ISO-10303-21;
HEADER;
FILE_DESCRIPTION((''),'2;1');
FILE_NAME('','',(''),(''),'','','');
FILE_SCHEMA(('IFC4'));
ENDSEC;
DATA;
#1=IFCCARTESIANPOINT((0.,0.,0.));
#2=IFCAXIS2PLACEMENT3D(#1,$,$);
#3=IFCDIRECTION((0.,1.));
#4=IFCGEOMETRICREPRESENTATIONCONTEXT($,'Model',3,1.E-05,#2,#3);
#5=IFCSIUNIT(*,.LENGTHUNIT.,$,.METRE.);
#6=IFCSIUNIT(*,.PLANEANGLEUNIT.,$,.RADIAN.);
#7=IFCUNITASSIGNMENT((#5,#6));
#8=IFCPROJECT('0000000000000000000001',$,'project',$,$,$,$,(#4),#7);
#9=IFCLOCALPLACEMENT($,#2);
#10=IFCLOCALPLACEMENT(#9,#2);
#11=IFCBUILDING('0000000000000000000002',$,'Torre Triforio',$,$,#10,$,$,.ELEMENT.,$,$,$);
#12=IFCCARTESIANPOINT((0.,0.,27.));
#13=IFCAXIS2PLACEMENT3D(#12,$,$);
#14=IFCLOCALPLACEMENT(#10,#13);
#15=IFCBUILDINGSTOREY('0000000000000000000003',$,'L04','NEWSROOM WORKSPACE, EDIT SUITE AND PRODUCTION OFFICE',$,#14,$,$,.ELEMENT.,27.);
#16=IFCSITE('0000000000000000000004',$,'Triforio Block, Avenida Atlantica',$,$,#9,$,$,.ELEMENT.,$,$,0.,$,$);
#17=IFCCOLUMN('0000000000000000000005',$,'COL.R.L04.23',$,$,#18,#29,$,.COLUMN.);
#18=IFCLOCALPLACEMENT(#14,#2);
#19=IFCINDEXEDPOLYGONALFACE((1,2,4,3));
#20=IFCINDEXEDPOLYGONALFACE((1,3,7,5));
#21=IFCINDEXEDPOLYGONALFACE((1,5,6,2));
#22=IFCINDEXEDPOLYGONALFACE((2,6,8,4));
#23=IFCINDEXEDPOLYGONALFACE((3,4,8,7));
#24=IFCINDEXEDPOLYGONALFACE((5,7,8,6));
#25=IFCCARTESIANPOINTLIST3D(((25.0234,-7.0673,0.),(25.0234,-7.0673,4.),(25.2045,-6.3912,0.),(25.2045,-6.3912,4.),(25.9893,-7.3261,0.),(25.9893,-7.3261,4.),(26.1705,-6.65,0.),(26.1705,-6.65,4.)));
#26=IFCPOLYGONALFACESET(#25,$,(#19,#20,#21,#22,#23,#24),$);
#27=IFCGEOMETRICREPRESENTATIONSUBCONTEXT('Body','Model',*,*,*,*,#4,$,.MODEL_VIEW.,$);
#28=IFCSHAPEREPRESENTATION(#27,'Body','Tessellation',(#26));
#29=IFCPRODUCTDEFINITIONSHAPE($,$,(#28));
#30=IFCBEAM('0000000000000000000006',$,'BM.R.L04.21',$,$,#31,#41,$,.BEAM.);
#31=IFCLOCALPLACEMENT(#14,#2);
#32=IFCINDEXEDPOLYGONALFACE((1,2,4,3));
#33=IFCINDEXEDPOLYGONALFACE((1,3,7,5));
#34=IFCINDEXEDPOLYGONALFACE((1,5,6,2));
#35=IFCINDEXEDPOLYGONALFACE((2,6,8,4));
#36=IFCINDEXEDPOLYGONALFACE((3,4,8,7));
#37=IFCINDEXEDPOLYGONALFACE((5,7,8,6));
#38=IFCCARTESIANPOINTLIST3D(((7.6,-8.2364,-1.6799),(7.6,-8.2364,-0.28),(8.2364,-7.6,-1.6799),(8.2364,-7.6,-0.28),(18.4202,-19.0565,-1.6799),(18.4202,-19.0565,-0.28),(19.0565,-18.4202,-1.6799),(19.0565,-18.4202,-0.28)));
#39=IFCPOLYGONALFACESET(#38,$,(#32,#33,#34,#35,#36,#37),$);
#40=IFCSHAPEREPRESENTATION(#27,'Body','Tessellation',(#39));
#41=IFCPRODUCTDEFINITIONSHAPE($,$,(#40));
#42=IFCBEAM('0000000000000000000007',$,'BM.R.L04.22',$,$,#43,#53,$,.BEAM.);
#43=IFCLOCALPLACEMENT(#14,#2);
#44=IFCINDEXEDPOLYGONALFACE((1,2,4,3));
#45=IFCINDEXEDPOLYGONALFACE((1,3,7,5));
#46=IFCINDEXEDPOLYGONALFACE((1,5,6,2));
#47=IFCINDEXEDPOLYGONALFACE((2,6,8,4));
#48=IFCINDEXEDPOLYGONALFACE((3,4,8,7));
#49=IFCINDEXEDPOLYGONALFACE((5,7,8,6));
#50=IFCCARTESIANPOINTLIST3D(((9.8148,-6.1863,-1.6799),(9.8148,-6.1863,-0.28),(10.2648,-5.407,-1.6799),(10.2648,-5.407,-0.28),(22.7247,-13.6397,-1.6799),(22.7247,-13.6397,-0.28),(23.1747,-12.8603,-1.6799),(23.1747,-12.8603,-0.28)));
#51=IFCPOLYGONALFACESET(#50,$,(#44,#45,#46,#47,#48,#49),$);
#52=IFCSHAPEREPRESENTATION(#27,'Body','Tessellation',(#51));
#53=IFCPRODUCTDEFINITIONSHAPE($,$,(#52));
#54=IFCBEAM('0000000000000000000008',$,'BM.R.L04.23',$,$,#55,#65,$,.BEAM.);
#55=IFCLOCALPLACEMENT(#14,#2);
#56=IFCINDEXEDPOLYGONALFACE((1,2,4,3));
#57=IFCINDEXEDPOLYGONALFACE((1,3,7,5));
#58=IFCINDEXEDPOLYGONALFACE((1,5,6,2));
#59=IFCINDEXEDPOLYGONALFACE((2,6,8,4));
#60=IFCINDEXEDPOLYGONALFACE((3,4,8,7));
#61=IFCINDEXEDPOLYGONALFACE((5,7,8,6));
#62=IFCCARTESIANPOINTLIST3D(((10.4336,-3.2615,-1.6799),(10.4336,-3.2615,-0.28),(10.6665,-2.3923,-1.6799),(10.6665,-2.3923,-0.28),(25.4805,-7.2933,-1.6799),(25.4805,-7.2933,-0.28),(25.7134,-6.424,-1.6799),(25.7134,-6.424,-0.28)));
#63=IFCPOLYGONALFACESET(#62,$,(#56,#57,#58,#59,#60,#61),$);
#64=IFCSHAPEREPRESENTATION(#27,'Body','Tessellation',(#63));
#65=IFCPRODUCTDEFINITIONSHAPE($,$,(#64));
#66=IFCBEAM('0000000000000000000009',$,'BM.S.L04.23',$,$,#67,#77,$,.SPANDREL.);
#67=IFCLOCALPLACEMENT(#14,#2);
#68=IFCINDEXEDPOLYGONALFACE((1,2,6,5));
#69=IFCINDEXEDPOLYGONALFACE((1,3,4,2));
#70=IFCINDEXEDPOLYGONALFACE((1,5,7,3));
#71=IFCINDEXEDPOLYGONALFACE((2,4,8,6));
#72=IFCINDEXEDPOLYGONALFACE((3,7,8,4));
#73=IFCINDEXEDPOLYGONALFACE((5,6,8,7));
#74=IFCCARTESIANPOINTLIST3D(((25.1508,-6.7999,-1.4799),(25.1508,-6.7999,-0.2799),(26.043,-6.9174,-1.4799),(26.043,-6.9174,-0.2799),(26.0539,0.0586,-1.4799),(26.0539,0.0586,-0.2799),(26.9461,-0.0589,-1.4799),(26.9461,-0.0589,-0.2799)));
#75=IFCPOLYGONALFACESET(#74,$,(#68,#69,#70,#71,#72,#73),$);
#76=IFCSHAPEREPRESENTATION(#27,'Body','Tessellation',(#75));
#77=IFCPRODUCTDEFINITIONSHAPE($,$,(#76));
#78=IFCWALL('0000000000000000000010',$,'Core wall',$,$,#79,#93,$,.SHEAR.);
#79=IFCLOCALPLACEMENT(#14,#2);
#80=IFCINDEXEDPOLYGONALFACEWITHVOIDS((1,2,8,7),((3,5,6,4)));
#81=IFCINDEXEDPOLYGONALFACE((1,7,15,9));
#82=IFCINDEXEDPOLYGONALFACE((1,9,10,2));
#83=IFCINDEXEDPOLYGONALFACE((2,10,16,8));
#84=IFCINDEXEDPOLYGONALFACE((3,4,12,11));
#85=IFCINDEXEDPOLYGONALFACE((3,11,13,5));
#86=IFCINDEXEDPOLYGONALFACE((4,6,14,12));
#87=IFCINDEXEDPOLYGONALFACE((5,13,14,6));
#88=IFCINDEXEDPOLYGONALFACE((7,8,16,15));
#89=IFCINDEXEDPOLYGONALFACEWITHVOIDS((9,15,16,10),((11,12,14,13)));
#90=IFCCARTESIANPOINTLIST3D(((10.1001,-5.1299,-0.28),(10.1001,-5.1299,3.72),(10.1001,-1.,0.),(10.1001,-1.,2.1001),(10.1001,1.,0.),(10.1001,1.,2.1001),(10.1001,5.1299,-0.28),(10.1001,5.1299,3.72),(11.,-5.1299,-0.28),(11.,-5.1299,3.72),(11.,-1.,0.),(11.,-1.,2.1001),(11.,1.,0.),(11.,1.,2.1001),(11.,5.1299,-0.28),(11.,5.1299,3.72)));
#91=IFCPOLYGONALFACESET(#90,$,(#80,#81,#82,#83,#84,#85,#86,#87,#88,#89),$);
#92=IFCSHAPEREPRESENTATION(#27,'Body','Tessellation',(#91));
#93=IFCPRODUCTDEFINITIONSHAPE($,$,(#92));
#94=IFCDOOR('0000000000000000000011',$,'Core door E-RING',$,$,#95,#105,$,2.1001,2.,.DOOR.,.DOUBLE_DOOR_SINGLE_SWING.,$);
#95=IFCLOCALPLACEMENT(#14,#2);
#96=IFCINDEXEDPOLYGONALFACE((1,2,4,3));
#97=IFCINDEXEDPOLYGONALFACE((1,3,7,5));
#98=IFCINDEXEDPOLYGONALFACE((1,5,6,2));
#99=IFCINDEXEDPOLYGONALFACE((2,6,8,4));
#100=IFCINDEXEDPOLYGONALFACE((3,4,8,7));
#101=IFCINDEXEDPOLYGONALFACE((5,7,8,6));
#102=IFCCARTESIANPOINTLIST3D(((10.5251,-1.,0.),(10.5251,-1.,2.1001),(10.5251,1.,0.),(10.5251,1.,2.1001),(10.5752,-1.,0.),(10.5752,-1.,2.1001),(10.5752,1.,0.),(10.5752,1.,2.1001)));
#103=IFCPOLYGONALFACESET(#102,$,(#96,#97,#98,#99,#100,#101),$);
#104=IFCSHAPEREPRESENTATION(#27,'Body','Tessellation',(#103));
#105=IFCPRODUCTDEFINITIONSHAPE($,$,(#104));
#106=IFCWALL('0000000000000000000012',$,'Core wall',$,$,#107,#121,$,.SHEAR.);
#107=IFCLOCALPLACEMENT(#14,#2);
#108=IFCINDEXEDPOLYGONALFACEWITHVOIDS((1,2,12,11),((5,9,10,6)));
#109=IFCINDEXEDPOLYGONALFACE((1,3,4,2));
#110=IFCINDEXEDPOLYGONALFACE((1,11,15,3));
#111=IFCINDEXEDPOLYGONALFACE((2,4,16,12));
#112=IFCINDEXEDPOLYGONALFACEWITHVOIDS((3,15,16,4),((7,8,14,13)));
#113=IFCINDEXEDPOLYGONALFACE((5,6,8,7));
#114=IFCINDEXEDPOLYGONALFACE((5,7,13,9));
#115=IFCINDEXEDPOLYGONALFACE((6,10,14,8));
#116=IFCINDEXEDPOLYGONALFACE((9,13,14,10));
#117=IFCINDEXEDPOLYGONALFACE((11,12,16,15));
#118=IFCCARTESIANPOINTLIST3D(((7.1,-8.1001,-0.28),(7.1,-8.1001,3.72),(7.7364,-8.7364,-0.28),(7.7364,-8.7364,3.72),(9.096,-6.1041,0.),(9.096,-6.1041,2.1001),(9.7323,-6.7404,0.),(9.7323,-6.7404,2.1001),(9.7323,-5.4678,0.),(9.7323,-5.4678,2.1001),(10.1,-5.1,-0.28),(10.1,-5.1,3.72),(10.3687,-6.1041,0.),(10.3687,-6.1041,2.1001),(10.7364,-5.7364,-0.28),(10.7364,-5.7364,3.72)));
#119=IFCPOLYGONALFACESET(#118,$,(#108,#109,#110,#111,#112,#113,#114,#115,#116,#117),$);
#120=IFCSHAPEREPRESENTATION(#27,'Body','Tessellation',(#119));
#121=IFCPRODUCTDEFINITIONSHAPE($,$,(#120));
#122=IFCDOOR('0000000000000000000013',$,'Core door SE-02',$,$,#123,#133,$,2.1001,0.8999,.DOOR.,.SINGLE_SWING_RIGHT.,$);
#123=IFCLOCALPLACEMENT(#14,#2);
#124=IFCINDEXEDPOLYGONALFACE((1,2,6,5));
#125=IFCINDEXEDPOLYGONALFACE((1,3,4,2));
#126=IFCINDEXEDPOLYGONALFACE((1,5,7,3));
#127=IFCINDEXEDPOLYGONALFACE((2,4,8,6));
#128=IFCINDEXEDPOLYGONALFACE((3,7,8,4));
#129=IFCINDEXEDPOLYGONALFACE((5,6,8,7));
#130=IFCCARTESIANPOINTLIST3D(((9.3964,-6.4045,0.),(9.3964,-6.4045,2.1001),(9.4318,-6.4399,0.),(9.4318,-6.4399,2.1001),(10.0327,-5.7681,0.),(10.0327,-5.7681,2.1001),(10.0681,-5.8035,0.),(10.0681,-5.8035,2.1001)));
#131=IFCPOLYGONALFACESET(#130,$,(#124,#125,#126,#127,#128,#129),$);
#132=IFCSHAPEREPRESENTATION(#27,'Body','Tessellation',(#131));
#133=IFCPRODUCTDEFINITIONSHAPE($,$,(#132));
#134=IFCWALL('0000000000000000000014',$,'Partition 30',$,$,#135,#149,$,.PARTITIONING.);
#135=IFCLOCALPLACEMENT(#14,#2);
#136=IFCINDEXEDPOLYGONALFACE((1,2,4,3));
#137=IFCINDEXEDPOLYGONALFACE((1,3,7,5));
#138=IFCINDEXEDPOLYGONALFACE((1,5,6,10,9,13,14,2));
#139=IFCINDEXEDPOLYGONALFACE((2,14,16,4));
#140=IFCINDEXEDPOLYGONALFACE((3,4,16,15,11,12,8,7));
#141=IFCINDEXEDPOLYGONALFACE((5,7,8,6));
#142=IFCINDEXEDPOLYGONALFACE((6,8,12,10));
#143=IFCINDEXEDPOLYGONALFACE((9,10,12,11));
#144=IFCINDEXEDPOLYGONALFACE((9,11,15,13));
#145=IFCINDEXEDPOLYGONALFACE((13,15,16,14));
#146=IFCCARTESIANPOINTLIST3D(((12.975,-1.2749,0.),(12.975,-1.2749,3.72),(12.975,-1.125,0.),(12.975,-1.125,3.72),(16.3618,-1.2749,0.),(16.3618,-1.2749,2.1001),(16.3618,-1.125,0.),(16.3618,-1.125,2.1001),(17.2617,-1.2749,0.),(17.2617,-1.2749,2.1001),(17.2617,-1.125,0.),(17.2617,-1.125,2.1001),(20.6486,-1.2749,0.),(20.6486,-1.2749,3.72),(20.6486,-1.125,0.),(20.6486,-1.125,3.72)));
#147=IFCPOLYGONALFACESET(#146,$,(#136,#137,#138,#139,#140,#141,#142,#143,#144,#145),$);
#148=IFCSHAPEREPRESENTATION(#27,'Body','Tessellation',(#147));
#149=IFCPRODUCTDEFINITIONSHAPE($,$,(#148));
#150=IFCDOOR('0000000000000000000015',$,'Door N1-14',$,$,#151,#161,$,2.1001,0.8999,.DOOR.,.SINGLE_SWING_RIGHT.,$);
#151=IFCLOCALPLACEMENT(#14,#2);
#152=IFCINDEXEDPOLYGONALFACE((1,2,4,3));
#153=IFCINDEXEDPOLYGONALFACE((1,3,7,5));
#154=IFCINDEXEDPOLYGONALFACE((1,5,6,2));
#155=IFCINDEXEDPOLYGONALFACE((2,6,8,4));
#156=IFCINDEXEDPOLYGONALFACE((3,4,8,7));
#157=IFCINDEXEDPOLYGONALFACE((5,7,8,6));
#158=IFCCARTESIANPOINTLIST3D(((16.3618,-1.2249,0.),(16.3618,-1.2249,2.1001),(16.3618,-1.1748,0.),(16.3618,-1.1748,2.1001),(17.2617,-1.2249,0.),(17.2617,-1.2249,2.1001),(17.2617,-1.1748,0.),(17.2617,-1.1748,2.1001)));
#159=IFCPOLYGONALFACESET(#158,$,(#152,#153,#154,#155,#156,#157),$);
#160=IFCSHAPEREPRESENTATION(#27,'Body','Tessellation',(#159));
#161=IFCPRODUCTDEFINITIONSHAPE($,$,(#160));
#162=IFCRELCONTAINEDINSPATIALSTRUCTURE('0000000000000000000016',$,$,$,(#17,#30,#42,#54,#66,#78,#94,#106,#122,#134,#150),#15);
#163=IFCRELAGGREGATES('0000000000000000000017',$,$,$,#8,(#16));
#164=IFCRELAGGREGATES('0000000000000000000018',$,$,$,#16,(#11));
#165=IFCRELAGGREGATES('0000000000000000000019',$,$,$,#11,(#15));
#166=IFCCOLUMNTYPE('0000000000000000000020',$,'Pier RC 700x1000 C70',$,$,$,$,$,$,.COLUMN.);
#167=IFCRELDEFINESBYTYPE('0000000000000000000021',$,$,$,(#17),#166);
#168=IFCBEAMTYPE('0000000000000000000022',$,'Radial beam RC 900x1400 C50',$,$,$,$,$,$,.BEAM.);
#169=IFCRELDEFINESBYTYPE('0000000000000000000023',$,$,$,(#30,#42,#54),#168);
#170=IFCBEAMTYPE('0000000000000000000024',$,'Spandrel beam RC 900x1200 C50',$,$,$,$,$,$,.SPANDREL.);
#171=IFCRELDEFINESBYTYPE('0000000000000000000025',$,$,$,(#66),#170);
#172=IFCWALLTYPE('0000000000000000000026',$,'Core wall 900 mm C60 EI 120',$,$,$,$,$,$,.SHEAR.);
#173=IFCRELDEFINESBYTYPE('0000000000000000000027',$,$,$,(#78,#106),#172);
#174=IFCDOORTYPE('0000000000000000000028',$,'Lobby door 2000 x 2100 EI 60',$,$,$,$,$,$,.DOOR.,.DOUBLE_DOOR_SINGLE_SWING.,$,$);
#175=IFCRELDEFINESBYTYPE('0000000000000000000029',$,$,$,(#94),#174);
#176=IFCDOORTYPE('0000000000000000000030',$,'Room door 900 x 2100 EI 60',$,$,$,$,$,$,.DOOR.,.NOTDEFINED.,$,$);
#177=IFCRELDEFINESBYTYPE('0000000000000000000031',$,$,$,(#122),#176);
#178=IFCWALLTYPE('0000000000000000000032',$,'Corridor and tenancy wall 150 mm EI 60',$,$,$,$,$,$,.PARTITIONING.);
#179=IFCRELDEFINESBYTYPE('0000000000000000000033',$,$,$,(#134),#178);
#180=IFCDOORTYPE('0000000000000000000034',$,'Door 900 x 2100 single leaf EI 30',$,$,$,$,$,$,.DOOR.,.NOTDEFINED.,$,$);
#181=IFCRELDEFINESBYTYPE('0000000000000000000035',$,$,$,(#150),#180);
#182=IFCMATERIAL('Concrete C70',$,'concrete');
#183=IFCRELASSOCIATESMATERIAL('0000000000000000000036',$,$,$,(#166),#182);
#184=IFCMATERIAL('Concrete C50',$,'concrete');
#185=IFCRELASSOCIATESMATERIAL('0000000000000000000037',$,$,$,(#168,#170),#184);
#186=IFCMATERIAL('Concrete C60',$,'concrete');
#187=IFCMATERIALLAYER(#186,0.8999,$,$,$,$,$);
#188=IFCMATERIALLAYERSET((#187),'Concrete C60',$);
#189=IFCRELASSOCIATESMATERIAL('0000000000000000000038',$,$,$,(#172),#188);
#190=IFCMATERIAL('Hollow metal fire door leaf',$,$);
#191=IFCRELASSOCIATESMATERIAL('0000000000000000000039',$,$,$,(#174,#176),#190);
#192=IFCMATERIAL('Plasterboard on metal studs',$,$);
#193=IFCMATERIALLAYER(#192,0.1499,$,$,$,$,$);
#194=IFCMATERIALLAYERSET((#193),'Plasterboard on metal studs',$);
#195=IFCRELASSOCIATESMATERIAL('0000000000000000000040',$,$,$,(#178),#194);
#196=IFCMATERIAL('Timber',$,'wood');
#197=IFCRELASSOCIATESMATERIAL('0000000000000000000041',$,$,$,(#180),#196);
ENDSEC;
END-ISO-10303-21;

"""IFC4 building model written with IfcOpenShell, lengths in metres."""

from ifc_helpers import new_model, si_unit, direction, frame, frame_2d, origin, origin_2d, place, context, subcontext, project, spatial, rectangle, extrude, material, layer, layer_set, material_profile, profile_set, type_object, element, fill, save


model = new_model("IFC4")

# Units and contexts
model_context = context("Model", 3, precision=1e-05, world=origin(), true_north=direction((0.0, 1.0)))
body_context = subcontext(model_context, "Body", "Model", "MODEL_VIEW")
ifc_project = project(units=[si_unit("LENGTHUNIT", "METRE"), si_unit("PLANEANGLEUNIT", "RADIAN")], contexts=[model_context])

# Site, building, storey
site_placement = place(None, origin())
site = spatial("IfcSite", under=ifc_project, at=site_placement, Name="Triforio Block, Avenida Atlantica", CompositionType="ELEMENT", RefElevation=0.0)
building_placement = place(site_placement, origin())
building = spatial("IfcBuilding", under=site, at=building_placement, Name="Torre Triforio", CompositionType="ELEMENT")
storey_placement = place(building_placement, frame((0.0, 0.0, 27.0)))
storey = spatial("IfcBuildingStorey", under=building, at=storey_placement, Name="L04", Description="NEWSROOM WORKSPACE, EDIT SUITE AND PRODUCTION OFFICE", CompositionType="ELEMENT", Elevation=27.0)

# Column
ifc_material_1 = material(Name="Concrete C70", Category="concrete")
ifc_material_profile_1 = material_profile(ifc_material_1, rectangle(XDim=0.7, YDim=1.0, at=origin_2d()), Name="RC 700x1000")
ifc_profile_set_1 = profile_set([ifc_material_profile_1], Name="Concrete C70")
column_type = type_object("IfcColumnType", Name="Pier RC 700x1000 C70", PredefinedType="COLUMN", material=ifc_profile_set_1)
column_placement = place(storey_placement, frame((25.5969, -6.8586, 0.0), z_axis=(0.0, 0.0, 1.0), x_axis=(0.258819, 0.965926, 0.0)))
element("IfcColumn", 1, at=column_placement, inside=storey, type_object=column_type, Name="COL.R.L04.23", PredefinedType="COLUMN", context=body_context, shape_type="SweptSolid", body=[
    extrude(rectangle(XDim=0.7, YDim=1.0, at=origin_2d()), origin(), (0.0, 0.0, 1.0), 4.0),
])

# Beams
ifc_material_2 = material(Name="Concrete C50", Category="concrete")
ifc_material_profile_2 = material_profile(ifc_material_2, rectangle(XDim=0.8999, YDim=1.3999, at=origin_2d()), Name="RC 900x1400")
ifc_profile_set_2 = profile_set([ifc_material_profile_2], Name="Concrete C50")
beam_type_1 = type_object("IfcBeamType", Name="Radial beam RC 900x1400 C50", PredefinedType="BEAM", material=ifc_profile_set_2)
beam_1_placement = place(storey_placement, frame((7.9182, -7.9182, -0.98), z_axis=(0.707107, -0.707107, 0.0), x_axis=(0.707107, 0.707107, 0.0)))
element("IfcBeam", 2, at=beam_1_placement, inside=storey, type_object=beam_type_1, Name="BM.R.L04.21", PredefinedType="BEAM", context=body_context, shape_type="SweptSolid", body=[
    extrude(rectangle(XDim=0.8999, YDim=1.3999, at=origin_2d()), origin(), (0.0, 0.0, 1.0), 15.302),
])
beam_2_placement = place(storey_placement, frame((10.0398, -5.7966, -0.98), z_axis=(0.86603, -0.499991, 0.0), x_axis=(0.499991, 0.86603, 0.0)))
element("IfcBeam", 3, at=beam_2_placement, inside=storey, type_object=beam_type_1, Name="BM.R.L04.22", PredefinedType="BEAM", context=body_context, shape_type="SweptSolid", body=[
    extrude(rectangle(XDim=0.8999, YDim=1.3999, at=origin_2d()), origin(), (0.0, 0.0, 1.0), 14.907),
])
beam_3_placement = place(storey_placement, frame((10.55, -2.8269, -0.98), z_axis=(0.965927, -0.258815, 0.0), x_axis=(0.258815, 0.965927, 0.0)))
element("IfcBeam", 4, at=beam_3_placement, inside=storey, type_object=beam_type_1, Name="BM.R.L04.23", PredefinedType="BEAM", context=body_context, shape_type="SweptSolid", body=[
    extrude(rectangle(XDim=0.8999, YDim=1.3999, at=origin_2d()), origin(), (0.0, 0.0, 1.0), 15.5776),
])
ifc_material_profile_3 = material_profile(ifc_material_2, rectangle(XDim=0.8999, YDim=1.2, at=origin_2d()), Name="RC 900x1200")
ifc_profile_set_3 = profile_set([ifc_material_profile_3], Name="Concrete C50")
beam_type_2 = type_object("IfcBeamType", Name="Spandrel beam RC 900x1200 C50", PredefinedType="SPANDREL", material=ifc_profile_set_3)
beam_4_placement = place(storey_placement, frame((25.5969, -6.8586, -0.8799), z_axis=(0.130543, 0.991443, 0.0), x_axis=(-0.991443, 0.130543, 0.0)))
element("IfcBeam", 5, at=beam_4_placement, inside=storey, type_object=beam_type_2, Name="BM.S.L04.23", PredefinedType="SPANDREL", context=body_context, shape_type="SweptSolid", body=[
    extrude(rectangle(XDim=0.8999, YDim=1.2, at=origin_2d()), origin(), (0.0, 0.0, 1.0), 6.9177),
])

# Walls, openings, doors
ifc_material_3 = material(Name="Concrete C60", Category="concrete")
ifc_layer_1 = layer(ifc_material_3, 0.8999)
ifc_layer_set_1 = layer_set([ifc_layer_1], Name="Concrete C60")
wall_type_1 = type_object("IfcWallType", Name="Core wall 900 mm C60 EI 120", PredefinedType="SHEAR", material=ifc_layer_set_1)
wall_1_placement = place(storey_placement, frame((10.55, -5.1299, -0.28), z_axis=(0.0, 0.0, 1.0), x_axis=(0.0, 1.0, 0.0)))
wall_1 = element("IfcWall", 6, at=wall_1_placement, inside=storey, type_object=wall_type_1, Name="Core wall", PredefinedType="SHEAR", context=body_context, shape_type="SweptSolid", body=[
    extrude(rectangle(XDim=10.2598, YDim=0.8999, at=frame_2d((5.1299, 0.0))), origin(), (0.0, 0.0, 1.0), 4.0),
])
opening_1_placement = place(wall_1_placement, frame((4.1299, 0.0, 0.28)))
opening_1 = element("IfcOpeningElement", 7, at=opening_1_placement, cuts=wall_1, PredefinedType="OPENING", context=body_context, shape_type="SweptSolid", body=[
    extrude(rectangle(XDim=2.0, YDim=2.1001, at=frame_2d((1.0, 1.05))), frame((0.0, 0.46, 0.0), z_axis=(0.0, -1.0, 0.0), x_axis=(1.0, 0.0, 0.0)), (0.0, 0.0, 1.0), 0.9199),
])
ifc_material_4 = material(Name="Hollow metal fire door leaf")
door_type_1 = type_object("IfcDoorType", Name="Lobby door 2000 x 2100 EI 60", OperationType="DOUBLE_DOOR_SINGLE_SWING", PredefinedType="DOOR", material=ifc_material_4)
door_1_placement = place(opening_1_placement, origin())
door_1 = element("IfcDoor", 8, at=door_1_placement, inside=storey, type_object=door_type_1, Name="Core door E-RING", OperationType="DOUBLE_DOOR_SINGLE_SWING", OverallHeight=2.1001, OverallWidth=2.0, PredefinedType="DOOR", context=body_context, shape_type="SweptSolid", body=[
    extrude(rectangle(XDim=2.0, YDim=2.1001, at=frame_2d((1.0, 1.05))), frame((0.0, 0.0249, 0.0), z_axis=(0.0, -1.0, 0.0), x_axis=(1.0, 0.0, 0.0)), (0.0, 0.0, 1.0), 0.05),
])
fill(opening_1, door_1)
wall_2_placement = place(storey_placement, frame((10.4182, -5.4182, -0.28), z_axis=(0.0, 0.0, 1.0), x_axis=(-0.707107, -0.707107, 0.0)))
wall_2 = element("IfcWall", 9, at=wall_2_placement, inside=storey, type_object=wall_type_1, Name="Core wall", PredefinedType="SHEAR", context=body_context, shape_type="SweptSolid", body=[
    extrude(rectangle(XDim=4.2427, YDim=0.8999, at=frame_2d((2.1213, 0.0))), origin(), (0.0, 0.0, 1.0), 4.0),
])
opening_2_placement = place(wall_2_placement, frame((0.52, 0.0, 0.28)))
opening_2 = element("IfcOpeningElement", 10, at=opening_2_placement, cuts=wall_2, PredefinedType="OPENING", context=body_context, shape_type="SweptSolid", body=[
    extrude(rectangle(XDim=0.8999, YDim=2.1001, at=frame_2d((0.45, 1.05))), frame((0.0, 0.46, 0.0), z_axis=(0.0, -1.0, 0.0), x_axis=(1.0, 0.0, 0.0)), (0.0, 0.0, 1.0), 0.9199),
])
door_type_2 = type_object("IfcDoorType", Name="Room door 900 x 2100 EI 60", OperationType="NOTDEFINED", PredefinedType="DOOR", material=ifc_material_4)
door_2_placement = place(opening_2_placement, origin())
door_2 = element("IfcDoor", 11, at=door_2_placement, inside=storey, type_object=door_type_2, Name="Core door SE-02", OperationType="SINGLE_SWING_RIGHT", OverallHeight=2.1001, OverallWidth=0.8999, PredefinedType="DOOR", context=body_context, shape_type="SweptSolid", body=[
    extrude(rectangle(XDim=0.8999, YDim=2.1001, at=frame_2d((0.45, 1.05))), frame((0.0, 0.0249, 0.0), z_axis=(0.0, -1.0, 0.0), x_axis=(1.0, 0.0, 0.0)), (0.0, 0.0, 1.0), 0.05),
])
fill(opening_2, door_2)
ifc_material_5 = material(Name="Plasterboard on metal studs")
ifc_layer_2 = layer(ifc_material_5, 0.1499)
ifc_layer_set_2 = layer_set([ifc_layer_2], Name="Plasterboard on metal studs")
wall_type_2 = type_object("IfcWallType", Name="Corridor and tenancy wall 150 mm EI 60", PredefinedType="PARTITIONING", material=ifc_layer_set_2)
wall_3_placement = place(storey_placement, frame((20.6487, -1.2, 0.0), z_axis=(0.0, 0.0, 1.0), x_axis=(-1.0, 0.0, 0.0)))
wall_3 = element("IfcWall", 12, at=wall_3_placement, inside=storey, type_object=wall_type_2, Name="Partition 30", PredefinedType="PARTITIONING", context=body_context, shape_type="SweptSolid", body=[
    extrude(rectangle(XDim=7.6736, YDim=0.1499, at=frame_2d((3.8369, 0.0))), origin(), (0.0, 0.0, 1.0), 3.72),
])
opening_3_placement = place(wall_3_placement, frame((3.387, 0.0, 0.0)))
opening_3 = element("IfcOpeningElement", 13, at=opening_3_placement, cuts=wall_3, PredefinedType="OPENING", context=body_context, shape_type="SweptSolid", body=[
    extrude(rectangle(XDim=0.8999, YDim=2.1001, at=frame_2d((0.45, 1.05))), frame((0.0, 0.085, 0.0), z_axis=(0.0, -1.0, 0.0), x_axis=(1.0, 0.0, 0.0)), (0.0, 0.0, 1.0), 0.1699),
])
ifc_material_6 = material(Name="Timber", Category="wood")
door_type_3 = type_object("IfcDoorType", Name="Door 900 x 2100 single leaf EI 30", OperationType="NOTDEFINED", PredefinedType="DOOR", material=ifc_material_6)
door_3_placement = place(opening_3_placement, origin())
door_3 = element("IfcDoor", 14, at=door_3_placement, inside=storey, type_object=door_type_3, Name="Door N1-14", OperationType="SINGLE_SWING_RIGHT", OverallHeight=2.1001, OverallWidth=0.8999, PredefinedType="DOOR", context=body_context, shape_type="SweptSolid", body=[
    extrude(rectangle(XDim=0.8999, YDim=2.1001, at=frame_2d((0.45, 1.05))), frame((0.0, 0.0249, 0.0), z_axis=(0.0, -1.0, 0.0), x_axis=(1.0, 0.0, 0.0)), (0.0, 0.0, 1.0), 0.05),
])
fill(opening_3, door_3)

save(model, "model.ifc")
